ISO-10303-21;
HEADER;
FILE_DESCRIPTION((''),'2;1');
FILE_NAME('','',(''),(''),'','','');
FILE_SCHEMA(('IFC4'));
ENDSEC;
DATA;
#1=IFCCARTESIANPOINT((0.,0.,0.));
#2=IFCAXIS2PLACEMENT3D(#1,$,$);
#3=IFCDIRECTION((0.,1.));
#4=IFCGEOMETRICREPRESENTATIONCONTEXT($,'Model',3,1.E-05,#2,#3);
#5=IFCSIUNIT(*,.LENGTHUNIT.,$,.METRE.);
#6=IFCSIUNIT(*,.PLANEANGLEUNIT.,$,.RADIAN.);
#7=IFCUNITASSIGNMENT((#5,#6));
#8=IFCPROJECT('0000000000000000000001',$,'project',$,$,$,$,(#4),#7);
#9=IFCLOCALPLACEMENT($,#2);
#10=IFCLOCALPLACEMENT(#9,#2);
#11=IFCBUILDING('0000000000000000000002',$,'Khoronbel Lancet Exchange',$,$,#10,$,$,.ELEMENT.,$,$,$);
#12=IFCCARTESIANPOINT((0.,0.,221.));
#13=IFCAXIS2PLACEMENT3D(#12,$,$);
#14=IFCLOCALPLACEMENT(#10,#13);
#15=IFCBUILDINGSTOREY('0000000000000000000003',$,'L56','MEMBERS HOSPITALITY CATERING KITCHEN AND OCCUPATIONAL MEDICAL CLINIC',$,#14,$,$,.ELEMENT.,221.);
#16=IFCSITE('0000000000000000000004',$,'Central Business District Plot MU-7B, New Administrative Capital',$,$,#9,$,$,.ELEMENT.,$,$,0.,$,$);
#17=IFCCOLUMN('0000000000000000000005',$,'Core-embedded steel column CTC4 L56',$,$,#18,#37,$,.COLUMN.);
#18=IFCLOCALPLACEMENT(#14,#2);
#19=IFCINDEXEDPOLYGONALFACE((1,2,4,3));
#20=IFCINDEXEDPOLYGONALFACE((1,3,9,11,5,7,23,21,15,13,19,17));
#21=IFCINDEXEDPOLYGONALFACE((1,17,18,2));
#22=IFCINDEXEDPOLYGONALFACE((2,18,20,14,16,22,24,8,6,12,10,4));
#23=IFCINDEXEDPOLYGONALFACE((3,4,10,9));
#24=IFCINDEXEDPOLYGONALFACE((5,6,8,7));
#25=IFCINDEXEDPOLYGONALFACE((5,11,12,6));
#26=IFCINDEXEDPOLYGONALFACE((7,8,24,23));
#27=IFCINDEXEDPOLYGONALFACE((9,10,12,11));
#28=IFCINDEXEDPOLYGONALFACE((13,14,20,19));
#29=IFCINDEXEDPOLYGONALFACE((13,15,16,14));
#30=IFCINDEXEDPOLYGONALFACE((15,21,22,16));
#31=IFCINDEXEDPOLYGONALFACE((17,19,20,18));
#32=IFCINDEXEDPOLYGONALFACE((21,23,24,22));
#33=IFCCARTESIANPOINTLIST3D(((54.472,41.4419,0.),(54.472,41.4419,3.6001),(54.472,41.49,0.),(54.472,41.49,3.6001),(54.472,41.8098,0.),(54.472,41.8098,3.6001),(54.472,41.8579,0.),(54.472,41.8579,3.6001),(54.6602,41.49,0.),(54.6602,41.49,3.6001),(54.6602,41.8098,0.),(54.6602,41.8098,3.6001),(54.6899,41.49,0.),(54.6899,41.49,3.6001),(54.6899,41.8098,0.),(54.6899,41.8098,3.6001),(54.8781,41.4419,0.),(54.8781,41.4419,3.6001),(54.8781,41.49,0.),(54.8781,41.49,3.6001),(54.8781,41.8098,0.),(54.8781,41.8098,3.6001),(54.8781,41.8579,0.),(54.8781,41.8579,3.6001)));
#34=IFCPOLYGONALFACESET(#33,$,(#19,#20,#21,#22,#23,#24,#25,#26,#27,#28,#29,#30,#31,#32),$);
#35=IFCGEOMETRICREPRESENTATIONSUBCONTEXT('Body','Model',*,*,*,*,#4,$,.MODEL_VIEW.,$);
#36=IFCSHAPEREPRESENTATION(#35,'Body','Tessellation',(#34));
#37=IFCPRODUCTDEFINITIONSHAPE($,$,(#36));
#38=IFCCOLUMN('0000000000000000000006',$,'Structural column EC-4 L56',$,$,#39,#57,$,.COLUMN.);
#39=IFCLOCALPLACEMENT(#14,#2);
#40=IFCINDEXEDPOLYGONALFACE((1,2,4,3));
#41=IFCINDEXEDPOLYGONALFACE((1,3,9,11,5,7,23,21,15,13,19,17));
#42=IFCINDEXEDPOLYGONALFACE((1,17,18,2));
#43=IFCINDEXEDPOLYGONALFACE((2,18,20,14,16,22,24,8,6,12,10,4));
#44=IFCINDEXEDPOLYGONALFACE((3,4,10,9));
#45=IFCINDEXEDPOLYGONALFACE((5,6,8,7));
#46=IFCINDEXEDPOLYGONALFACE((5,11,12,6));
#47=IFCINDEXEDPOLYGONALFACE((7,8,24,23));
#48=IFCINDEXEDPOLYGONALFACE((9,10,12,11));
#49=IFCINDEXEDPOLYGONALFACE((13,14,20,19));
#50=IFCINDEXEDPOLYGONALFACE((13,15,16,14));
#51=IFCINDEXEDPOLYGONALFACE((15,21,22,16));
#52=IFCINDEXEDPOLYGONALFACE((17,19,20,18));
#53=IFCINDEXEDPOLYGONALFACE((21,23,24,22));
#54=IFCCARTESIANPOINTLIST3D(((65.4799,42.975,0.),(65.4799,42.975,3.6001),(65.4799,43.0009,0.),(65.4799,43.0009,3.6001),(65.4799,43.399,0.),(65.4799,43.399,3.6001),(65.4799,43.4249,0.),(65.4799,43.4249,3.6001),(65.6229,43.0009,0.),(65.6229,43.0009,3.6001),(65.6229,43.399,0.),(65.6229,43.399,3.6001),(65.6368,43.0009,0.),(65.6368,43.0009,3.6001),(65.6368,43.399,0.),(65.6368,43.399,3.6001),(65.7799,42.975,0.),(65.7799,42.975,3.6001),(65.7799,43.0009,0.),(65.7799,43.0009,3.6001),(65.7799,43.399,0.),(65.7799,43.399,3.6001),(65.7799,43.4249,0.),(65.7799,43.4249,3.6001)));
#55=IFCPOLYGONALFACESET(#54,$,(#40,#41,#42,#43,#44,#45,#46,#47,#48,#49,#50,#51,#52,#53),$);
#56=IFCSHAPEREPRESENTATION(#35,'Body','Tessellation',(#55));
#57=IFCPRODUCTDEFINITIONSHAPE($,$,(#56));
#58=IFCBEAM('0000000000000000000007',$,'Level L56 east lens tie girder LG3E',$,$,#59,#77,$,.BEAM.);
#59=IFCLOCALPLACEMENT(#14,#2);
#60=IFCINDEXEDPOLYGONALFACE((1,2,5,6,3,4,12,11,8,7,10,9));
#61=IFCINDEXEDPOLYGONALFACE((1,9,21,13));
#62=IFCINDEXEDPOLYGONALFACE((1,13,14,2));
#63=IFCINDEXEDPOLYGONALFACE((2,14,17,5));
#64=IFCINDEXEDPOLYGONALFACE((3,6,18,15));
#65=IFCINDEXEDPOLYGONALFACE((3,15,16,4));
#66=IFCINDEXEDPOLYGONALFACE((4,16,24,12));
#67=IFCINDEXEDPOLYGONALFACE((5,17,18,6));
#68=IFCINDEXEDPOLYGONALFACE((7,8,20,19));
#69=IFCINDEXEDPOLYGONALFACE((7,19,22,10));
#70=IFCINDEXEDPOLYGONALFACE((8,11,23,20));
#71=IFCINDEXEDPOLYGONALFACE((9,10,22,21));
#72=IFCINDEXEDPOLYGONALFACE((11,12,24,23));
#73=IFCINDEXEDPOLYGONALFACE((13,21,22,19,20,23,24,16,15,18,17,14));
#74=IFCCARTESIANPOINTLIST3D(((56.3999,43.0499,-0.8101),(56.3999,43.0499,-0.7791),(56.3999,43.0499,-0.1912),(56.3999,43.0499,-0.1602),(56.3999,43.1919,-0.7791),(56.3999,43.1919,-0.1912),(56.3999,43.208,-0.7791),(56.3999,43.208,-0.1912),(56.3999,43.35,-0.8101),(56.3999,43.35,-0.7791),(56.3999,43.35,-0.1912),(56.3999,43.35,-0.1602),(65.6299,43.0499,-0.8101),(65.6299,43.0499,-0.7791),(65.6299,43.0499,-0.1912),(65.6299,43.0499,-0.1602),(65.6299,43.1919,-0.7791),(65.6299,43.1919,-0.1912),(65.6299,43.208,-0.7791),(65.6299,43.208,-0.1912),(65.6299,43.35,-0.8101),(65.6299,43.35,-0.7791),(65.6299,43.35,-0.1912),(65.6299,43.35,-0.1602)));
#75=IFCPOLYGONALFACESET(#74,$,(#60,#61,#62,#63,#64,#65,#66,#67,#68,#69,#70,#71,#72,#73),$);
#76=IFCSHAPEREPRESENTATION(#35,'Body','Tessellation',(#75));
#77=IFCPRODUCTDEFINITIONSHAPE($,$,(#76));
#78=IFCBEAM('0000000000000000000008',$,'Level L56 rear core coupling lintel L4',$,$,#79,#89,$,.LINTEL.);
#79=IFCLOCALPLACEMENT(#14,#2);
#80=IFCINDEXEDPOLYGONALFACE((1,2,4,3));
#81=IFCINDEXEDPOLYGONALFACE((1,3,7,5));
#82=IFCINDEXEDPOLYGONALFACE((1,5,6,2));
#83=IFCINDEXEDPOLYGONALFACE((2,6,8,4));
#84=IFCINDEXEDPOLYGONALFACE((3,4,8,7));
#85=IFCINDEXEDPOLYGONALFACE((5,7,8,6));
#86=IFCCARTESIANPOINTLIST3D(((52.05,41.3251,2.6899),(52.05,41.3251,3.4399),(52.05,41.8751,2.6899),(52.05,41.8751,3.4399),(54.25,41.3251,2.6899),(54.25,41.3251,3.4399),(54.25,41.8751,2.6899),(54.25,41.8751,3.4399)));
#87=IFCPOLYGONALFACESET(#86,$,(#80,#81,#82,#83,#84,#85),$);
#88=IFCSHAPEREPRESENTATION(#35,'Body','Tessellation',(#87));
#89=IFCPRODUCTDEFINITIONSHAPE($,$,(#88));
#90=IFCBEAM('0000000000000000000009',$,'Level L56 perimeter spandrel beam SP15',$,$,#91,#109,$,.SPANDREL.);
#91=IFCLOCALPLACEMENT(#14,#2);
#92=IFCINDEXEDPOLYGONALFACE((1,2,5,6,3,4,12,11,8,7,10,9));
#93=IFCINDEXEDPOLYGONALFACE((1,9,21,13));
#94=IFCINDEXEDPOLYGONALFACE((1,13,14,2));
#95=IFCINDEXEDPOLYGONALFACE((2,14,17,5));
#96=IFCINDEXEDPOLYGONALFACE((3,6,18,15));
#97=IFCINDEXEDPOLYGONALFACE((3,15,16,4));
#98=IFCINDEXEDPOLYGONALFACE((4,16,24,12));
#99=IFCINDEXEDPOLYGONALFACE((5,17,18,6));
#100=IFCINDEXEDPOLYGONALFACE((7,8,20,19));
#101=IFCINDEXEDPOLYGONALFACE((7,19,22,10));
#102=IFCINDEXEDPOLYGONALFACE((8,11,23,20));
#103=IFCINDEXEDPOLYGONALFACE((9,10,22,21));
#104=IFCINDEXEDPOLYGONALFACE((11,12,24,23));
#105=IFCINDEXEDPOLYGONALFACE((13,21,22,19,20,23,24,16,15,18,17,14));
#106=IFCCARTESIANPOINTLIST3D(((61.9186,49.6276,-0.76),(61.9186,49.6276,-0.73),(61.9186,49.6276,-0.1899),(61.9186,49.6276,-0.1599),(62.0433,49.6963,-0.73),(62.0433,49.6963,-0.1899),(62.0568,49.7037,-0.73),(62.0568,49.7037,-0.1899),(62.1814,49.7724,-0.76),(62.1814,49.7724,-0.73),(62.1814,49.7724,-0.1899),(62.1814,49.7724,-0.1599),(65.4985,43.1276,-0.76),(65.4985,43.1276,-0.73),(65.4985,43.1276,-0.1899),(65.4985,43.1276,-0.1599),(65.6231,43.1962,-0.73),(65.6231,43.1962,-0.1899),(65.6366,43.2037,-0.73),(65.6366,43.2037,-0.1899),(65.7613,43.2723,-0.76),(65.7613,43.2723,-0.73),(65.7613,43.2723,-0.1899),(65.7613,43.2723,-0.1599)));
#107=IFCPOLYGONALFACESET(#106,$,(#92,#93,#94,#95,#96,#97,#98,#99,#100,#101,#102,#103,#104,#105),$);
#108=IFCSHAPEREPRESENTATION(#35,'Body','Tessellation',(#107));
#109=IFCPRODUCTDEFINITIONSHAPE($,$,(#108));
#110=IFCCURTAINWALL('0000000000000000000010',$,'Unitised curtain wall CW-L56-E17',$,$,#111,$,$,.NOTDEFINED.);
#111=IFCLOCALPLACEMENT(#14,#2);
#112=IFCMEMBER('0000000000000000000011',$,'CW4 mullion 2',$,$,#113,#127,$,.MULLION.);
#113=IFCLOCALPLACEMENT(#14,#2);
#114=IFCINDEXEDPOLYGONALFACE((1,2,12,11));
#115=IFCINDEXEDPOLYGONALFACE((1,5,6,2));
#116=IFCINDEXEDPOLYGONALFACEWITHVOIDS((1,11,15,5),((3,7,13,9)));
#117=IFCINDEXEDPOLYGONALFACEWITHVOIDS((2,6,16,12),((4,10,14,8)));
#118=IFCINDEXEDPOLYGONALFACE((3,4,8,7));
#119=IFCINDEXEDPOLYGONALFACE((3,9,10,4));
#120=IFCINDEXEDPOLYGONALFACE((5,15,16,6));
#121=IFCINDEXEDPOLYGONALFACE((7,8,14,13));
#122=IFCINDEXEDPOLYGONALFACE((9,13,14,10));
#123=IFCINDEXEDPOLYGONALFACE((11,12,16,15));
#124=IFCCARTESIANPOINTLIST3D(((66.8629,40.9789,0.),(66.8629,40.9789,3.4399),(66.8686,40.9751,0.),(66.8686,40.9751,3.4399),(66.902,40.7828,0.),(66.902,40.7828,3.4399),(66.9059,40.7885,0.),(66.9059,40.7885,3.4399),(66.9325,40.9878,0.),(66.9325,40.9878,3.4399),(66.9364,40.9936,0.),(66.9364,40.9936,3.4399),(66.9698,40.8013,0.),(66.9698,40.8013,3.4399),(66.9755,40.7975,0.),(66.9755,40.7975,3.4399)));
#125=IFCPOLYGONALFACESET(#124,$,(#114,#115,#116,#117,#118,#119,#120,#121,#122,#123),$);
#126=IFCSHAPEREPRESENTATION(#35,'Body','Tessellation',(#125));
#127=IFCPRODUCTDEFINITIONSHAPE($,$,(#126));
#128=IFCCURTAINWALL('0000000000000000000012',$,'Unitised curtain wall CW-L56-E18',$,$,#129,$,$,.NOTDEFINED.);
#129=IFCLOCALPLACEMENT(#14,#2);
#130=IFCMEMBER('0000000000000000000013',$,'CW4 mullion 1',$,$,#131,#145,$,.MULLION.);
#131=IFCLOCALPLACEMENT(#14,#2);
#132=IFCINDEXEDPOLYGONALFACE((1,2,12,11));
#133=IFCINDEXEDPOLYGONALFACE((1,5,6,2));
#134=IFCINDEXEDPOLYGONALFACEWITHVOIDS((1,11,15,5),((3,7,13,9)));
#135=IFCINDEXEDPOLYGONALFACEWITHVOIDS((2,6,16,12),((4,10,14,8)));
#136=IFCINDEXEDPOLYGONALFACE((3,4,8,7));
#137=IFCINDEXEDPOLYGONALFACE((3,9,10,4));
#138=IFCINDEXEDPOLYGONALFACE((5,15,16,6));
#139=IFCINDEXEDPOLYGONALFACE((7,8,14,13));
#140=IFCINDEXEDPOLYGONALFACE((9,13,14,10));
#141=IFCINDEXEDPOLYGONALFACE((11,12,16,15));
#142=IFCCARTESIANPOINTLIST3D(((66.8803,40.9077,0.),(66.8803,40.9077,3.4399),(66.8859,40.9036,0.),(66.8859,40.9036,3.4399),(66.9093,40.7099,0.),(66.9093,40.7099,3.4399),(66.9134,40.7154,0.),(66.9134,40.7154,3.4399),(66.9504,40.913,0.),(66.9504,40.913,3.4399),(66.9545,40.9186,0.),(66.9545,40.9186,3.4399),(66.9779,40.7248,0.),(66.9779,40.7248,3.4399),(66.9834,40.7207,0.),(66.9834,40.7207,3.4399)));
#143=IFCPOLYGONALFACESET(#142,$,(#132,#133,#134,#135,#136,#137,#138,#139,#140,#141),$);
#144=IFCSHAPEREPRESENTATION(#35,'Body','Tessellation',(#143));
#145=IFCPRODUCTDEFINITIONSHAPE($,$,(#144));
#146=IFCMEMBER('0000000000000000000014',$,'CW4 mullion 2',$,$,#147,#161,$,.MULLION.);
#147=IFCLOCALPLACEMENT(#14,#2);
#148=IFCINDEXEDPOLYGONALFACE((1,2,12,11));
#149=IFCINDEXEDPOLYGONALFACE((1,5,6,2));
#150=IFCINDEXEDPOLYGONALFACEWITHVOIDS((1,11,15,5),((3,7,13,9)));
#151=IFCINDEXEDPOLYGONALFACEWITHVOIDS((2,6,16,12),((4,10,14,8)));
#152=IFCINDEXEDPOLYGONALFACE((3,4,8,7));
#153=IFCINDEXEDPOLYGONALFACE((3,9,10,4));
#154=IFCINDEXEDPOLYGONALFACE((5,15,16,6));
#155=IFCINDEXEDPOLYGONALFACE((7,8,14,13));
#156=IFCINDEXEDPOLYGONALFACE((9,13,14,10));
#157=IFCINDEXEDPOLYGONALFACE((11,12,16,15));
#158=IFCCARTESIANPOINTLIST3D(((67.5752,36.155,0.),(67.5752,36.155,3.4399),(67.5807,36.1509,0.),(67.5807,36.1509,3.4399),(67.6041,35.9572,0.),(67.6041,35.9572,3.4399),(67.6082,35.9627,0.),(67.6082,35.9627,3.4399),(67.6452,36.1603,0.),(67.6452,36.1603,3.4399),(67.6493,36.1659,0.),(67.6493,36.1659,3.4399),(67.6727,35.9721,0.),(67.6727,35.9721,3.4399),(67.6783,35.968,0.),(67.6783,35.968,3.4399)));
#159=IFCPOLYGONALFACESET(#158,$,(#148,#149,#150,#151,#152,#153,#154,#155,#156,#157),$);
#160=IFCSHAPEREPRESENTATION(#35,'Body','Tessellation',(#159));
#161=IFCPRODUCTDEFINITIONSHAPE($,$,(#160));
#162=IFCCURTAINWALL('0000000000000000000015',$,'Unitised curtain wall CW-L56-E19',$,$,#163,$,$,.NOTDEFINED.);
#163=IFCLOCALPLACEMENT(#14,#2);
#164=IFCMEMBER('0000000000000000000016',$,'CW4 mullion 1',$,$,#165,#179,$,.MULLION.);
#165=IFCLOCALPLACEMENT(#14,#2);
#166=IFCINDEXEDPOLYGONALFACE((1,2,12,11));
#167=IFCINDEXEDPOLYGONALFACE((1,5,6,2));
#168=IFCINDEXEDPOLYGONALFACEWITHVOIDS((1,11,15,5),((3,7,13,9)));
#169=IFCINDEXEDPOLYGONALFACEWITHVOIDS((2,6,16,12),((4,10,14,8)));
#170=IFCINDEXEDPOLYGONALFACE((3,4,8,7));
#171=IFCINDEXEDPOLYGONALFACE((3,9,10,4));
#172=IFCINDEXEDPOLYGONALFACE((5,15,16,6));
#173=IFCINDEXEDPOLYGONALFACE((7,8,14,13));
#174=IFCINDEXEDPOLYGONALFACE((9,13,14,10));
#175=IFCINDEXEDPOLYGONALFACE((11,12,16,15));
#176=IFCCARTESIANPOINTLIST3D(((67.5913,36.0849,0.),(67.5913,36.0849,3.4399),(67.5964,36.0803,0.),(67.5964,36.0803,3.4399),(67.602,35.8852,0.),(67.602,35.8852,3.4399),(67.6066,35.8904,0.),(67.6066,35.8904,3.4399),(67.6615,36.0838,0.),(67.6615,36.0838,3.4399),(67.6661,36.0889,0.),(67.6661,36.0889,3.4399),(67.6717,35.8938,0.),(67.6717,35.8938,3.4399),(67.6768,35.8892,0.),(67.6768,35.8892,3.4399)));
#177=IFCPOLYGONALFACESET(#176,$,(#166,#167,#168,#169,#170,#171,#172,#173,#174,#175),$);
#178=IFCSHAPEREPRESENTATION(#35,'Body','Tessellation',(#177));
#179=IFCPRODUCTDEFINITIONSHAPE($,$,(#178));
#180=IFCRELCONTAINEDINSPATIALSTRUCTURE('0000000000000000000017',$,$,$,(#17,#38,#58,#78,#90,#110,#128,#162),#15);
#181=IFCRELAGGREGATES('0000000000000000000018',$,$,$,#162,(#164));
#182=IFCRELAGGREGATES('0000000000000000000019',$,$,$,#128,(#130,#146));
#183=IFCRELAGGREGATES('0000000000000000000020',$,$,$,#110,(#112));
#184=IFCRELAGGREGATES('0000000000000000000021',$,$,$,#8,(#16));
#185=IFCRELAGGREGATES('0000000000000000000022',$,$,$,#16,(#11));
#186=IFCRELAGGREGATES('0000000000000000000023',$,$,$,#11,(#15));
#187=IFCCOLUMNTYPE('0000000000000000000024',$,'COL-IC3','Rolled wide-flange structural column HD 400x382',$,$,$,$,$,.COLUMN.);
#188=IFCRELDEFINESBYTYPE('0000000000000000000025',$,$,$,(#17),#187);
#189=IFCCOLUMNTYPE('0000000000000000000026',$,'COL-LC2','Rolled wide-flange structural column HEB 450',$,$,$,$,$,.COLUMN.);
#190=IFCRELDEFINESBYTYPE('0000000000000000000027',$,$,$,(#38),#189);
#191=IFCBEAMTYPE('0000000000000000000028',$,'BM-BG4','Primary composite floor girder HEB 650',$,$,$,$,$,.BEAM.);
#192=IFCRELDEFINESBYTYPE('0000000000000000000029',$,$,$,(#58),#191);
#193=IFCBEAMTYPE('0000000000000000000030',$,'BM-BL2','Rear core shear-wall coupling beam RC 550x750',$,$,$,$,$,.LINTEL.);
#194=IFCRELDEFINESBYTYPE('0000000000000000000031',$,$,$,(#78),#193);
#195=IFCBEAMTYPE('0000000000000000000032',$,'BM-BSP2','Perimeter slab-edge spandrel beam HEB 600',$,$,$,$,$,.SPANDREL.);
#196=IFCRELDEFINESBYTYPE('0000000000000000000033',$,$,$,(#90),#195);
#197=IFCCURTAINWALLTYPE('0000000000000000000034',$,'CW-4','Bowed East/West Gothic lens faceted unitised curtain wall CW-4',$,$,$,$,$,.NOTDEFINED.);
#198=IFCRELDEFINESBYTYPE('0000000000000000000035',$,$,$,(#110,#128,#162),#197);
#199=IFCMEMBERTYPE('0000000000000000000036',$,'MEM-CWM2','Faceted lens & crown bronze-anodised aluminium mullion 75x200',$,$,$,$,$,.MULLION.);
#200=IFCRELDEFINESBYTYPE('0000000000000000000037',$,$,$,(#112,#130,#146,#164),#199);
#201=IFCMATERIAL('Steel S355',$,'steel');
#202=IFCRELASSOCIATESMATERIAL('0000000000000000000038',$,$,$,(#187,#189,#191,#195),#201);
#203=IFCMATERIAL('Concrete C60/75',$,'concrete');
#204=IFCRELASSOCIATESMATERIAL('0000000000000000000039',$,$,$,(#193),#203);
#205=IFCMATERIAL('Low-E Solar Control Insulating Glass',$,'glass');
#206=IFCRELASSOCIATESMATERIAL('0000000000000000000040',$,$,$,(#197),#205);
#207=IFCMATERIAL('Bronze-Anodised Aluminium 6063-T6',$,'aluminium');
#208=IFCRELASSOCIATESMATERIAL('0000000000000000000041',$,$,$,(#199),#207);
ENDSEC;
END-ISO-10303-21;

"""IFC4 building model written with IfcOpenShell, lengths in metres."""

from ifc_helpers import new_model, si_unit, direction, frame, origin, origin_2d, place, context, subcontext, project, spatial, rectangle, hollow_rectangle, i_section, extrude, material, material_profile, profile_set, type_object, element, aggregate, save


model = new_model("IFC4")

# Units and contexts
model_context = context("Model", 3, precision=1e-05, world=origin(), true_north=direction((0.0, 1.0)))
body_context = subcontext(model_context, "Body", "Model", "MODEL_VIEW")
ifc_project = project(units=[si_unit("LENGTHUNIT", "METRE"), si_unit("PLANEANGLEUNIT", "RADIAN")], contexts=[model_context])

# Site, building, storey
site_placement = place(None, origin())
site = spatial("IfcSite", under=ifc_project, at=site_placement, Name="Central Business District Plot MU-7B, New Administrative Capital", CompositionType="ELEMENT", RefElevation=0.0)
building_placement = place(site_placement, origin())
building = spatial("IfcBuilding", under=site, at=building_placement, Name="Khoronbel Lancet Exchange", CompositionType="ELEMENT")
storey_placement = place(building_placement, frame((0.0, 0.0, 221.0)))
storey = spatial("IfcBuildingStorey", under=building, at=storey_placement, Name="L56", Description="MEMBERS HOSPITALITY CATERING KITCHEN AND OCCUPATIONAL MEDICAL CLINIC", CompositionType="ELEMENT", Elevation=221.0)

# Columns
ifc_material_1 = material(Name="Steel S355", Category="steel")
ifc_material_profile_1 = material_profile(ifc_material_1, i_section(OverallWidth=0.406, OverallDepth=0.416, WebThickness=0.0298, FlangeThickness=0.0481, at=origin_2d()), Name="HD 400x382")
ifc_profile_set_1 = profile_set([ifc_material_profile_1], Name="Steel S355")
column_type_1 = type_object("IfcColumnType", Name="COL-IC3", Description="Rolled wide-flange structural column HD 400x382", PredefinedType="COLUMN", material=ifc_profile_set_1)
column_1_placement = place(storey_placement, frame((54.675, 41.6499, 0.0), z_axis=(0.0, 0.0, 1.0), x_axis=(1.0, 0.0, 0.0)))
element("IfcColumn", 1, at=column_1_placement, inside=storey, type_object=column_type_1, Name="Core-embedded steel column CTC4 L56", PredefinedType="COLUMN", context=body_context, shape_type="SweptSolid", body=[
    extrude(i_section(OverallWidth=0.406, OverallDepth=0.416, WebThickness=0.0298, FlangeThickness=0.0481, at=origin_2d()), origin(), (0.0, 0.0, 1.0), 3.6001),
])
ifc_material_profile_2 = material_profile(ifc_material_1, i_section(OverallWidth=0.3, OverallDepth=0.45, WebThickness=0.0139, FlangeThickness=0.0259, at=origin_2d()), Name="HEB 450")
ifc_profile_set_2 = profile_set([ifc_material_profile_2], Name="Steel S355")
column_type_2 = type_object("IfcColumnType", Name="COL-LC2", Description="Rolled wide-flange structural column HEB 450", PredefinedType="COLUMN", material=ifc_profile_set_2)
column_2_placement = place(storey_placement, frame((65.6299, 43.2, 0.0), z_axis=(0.0, 0.0, 1.0), x_axis=(1.0, 0.0, 0.0)))
element("IfcColumn", 2, at=column_2_placement, inside=storey, type_object=column_type_2, Name="Structural column EC-4 L56", PredefinedType="COLUMN", context=body_context, shape_type="SweptSolid", body=[
    extrude(i_section(OverallWidth=0.3, OverallDepth=0.45, WebThickness=0.0139, FlangeThickness=0.0259, at=origin_2d()), origin(), (0.0, 0.0, 1.0), 3.6001),
])

# Beams
ifc_material_profile_3 = material_profile(ifc_material_1, i_section(OverallWidth=0.3, OverallDepth=0.6499, WebThickness=0.0161, FlangeThickness=0.031, at=origin_2d()), Name="HEB 650")
ifc_profile_set_3 = profile_set([ifc_material_profile_3], Name="Steel S355")
beam_type_1 = type_object("IfcBeamType", Name="BM-BG4", Description="Primary composite floor girder HEB 650", PredefinedType="BEAM", material=ifc_profile_set_3)
beam_1_placement = place(storey_placement, frame((56.3999, 43.2, -0.4851), z_axis=(1.0, 0.0, 0.0), x_axis=(0.0, 1.0, 0.0)))
element("IfcBeam", 3, at=beam_1_placement, inside=storey, type_object=beam_type_1, Name="Level L56 east lens tie girder LG3E", PredefinedType="BEAM", context=body_context, shape_type="SweptSolid", body=[
    extrude(i_section(OverallWidth=0.3, OverallDepth=0.6499, WebThickness=0.0161, FlangeThickness=0.031, at=origin_2d()), origin(), (0.0, 0.0, 1.0), 9.23),
])
ifc_material_2 = material(Name="Concrete C60/75", Category="concrete")
ifc_material_profile_4 = material_profile(ifc_material_2, rectangle(XDim=0.55, YDim=0.75, at=origin_2d()), Name="RC 550x750")
ifc_profile_set_4 = profile_set([ifc_material_profile_4], Name="Concrete C60/75")
beam_type_2 = type_object("IfcBeamType", Name="BM-BL2", Description="Rear core shear-wall coupling beam RC 550x750", PredefinedType="LINTEL", material=ifc_profile_set_4)
beam_2_placement = place(storey_placement, frame((52.05, 41.6001, 3.0649), z_axis=(1.0, 0.0, 0.0), x_axis=(0.0, 1.0, 0.0)))
element("IfcBeam", 4, at=beam_2_placement, inside=storey, type_object=beam_type_2, Name="Level L56 rear core coupling lintel L4", PredefinedType="LINTEL", context=body_context, shape_type="SweptSolid", body=[
    extrude(rectangle(XDim=0.55, YDim=0.75, at=origin_2d()), origin(), (0.0, 0.0, 1.0), 2.2),
])
ifc_material_profile_5 = material_profile(ifc_material_1, i_section(OverallWidth=0.3, OverallDepth=0.6001, WebThickness=0.0154, FlangeThickness=0.03, at=origin_2d()), Name="HEB 600")
ifc_profile_set_5 = profile_set([ifc_material_profile_5], Name="Steel S355")
beam_type_3 = type_object("IfcBeamType", Name="BM-BSP2", Description="Perimeter slab-edge spandrel beam HEB 600", PredefinedType="SPANDREL", material=ifc_profile_set_5)
beam_3_placement = place(storey_placement, frame((65.6299, 43.2, -0.46), z_axis=(-0.482419, 0.875941, 0.0), x_axis=(-0.875941, -0.482419, 0.0)))
element("IfcBeam", 5, at=beam_3_placement, inside=storey, type_object=beam_type_3, Name="Level L56 perimeter spandrel beam SP15", PredefinedType="SPANDREL", context=body_context, shape_type="SweptSolid", body=[
    extrude(i_section(OverallWidth=0.3, OverallDepth=0.6001, WebThickness=0.0154, FlangeThickness=0.03, at=origin_2d()), origin(), (0.0, 0.0, 1.0), 7.4207),
])

# Curtain wall, member
ifc_material_3 = material(Name="Low-E Solar Control Insulating Glass", Category="glass")
curtain_wall_type = type_object("IfcCurtainWallType", Name="CW-4", Description="Bowed East/West Gothic lens faceted unitised curtain wall CW-4", PredefinedType="NOTDEFINED", material=ifc_material_3)
curtain_wall_1_placement = place(storey_placement, origin())
curtain_wall_1 = element("IfcCurtainWall", 6, at=curtain_wall_1_placement, inside=storey, type_object=curtain_wall_type, Name="Unitised curtain wall CW-L56-E17", PredefinedType="NOTDEFINED")
ifc_material_4 = material(Name="Bronze-Anodised Aluminium 6063-T6", Category="aluminium")
ifc_material_profile_6 = material_profile(ifc_material_4, hollow_rectangle(XDim=0.075, YDim=0.2, WallThickness=0.0049, at=origin_2d()), Name="ALU MULLION 75x200")
ifc_profile_set_6 = profile_set([ifc_material_profile_6], Name="Bronze-Anodised Aluminium 6063-T6")
member_type_1 = type_object("IfcMemberType", Name="MEM-CWM2", Description="Faceted lens & crown bronze-anodised aluminium mullion 75x200", PredefinedType="MULLION", material=ifc_profile_set_6)
member_1_placement = place(storey_placement, frame((66.9192, 40.8882, 0.0), z_axis=(0.0, 0.0, 1.0), x_axis=(0.980637, 0.195836, 0.0)))
member_1 = element("IfcMember", 7, at=member_1_placement, type_object=member_type_1, Name="CW4 mullion 2", PredefinedType="MULLION", context=body_context, shape_type="SweptSolid", body=[
    extrude(hollow_rectangle(XDim=0.075, YDim=0.2, WallThickness=0.0049, at=origin_2d()), origin(), (0.0, 0.0, 1.0), 3.4399),
])

# Curtain wall, members
curtain_wall_2_placement = place(storey_placement, origin())
curtain_wall_2 = element("IfcCurtainWall", 8, at=curtain_wall_2_placement, inside=storey, type_object=curtain_wall_type, Name="Unitised curtain wall CW-L56-E18", PredefinedType="NOTDEFINED")
member_2_placement = place(storey_placement, frame((66.9319, 40.8142, 0.0), z_axis=(0.0, 0.0, 1.0), x_axis=(0.989484, 0.144641, 0.0)))
member_2 = element("IfcMember", 9, at=member_2_placement, type_object=member_type_1, Name="CW4 mullion 1", PredefinedType="MULLION", context=body_context, shape_type="SweptSolid", body=[
    extrude(hollow_rectangle(XDim=0.075, YDim=0.2, WallThickness=0.0049, at=origin_2d()), origin(), (0.0, 0.0, 1.0), 3.4399),
])
member_3_placement = place(storey_placement, frame((67.6267, 36.0615, 0.0), z_axis=(0.0, 0.0, 1.0), x_axis=(0.989484, 0.144641, 0.0)))
member_3 = element("IfcMember", 10, at=member_3_placement, type_object=member_type_1, Name="CW4 mullion 2", PredefinedType="MULLION", context=body_context, shape_type="SweptSolid", body=[
    extrude(hollow_rectangle(XDim=0.075, YDim=0.2, WallThickness=0.0049, at=origin_2d()), origin(), (0.0, 0.0, 1.0), 3.4399),
])

# Curtain wall, member
curtain_wall_3_placement = place(storey_placement, origin())
curtain_wall_3 = element("IfcCurtainWall", 11, at=curtain_wall_3_placement, inside=storey, type_object=curtain_wall_type, Name="Unitised curtain wall CW-L56-E19", PredefinedType="NOTDEFINED")
member_4_placement = place(storey_placement, frame((67.634, 35.9871, 0.0), z_axis=(0.0, 0.0, 1.0), x_axis=(0.998571, 0.053443, 0.0)))
member_4 = element("IfcMember", 12, at=member_4_placement, type_object=member_type_1, Name="CW4 mullion 1", PredefinedType="MULLION", context=body_context, shape_type="SweptSolid", body=[
    extrude(hollow_rectangle(XDim=0.075, YDim=0.2, WallThickness=0.0049, at=origin_2d()), origin(), (0.0, 0.0, 1.0), 3.4399),
])

aggregate(curtain_wall_3, [member_4])

aggregate(curtain_wall_2, [member_2, member_3])
aggregate(curtain_wall_1, [member_1])

save(model, "model.ifc")
